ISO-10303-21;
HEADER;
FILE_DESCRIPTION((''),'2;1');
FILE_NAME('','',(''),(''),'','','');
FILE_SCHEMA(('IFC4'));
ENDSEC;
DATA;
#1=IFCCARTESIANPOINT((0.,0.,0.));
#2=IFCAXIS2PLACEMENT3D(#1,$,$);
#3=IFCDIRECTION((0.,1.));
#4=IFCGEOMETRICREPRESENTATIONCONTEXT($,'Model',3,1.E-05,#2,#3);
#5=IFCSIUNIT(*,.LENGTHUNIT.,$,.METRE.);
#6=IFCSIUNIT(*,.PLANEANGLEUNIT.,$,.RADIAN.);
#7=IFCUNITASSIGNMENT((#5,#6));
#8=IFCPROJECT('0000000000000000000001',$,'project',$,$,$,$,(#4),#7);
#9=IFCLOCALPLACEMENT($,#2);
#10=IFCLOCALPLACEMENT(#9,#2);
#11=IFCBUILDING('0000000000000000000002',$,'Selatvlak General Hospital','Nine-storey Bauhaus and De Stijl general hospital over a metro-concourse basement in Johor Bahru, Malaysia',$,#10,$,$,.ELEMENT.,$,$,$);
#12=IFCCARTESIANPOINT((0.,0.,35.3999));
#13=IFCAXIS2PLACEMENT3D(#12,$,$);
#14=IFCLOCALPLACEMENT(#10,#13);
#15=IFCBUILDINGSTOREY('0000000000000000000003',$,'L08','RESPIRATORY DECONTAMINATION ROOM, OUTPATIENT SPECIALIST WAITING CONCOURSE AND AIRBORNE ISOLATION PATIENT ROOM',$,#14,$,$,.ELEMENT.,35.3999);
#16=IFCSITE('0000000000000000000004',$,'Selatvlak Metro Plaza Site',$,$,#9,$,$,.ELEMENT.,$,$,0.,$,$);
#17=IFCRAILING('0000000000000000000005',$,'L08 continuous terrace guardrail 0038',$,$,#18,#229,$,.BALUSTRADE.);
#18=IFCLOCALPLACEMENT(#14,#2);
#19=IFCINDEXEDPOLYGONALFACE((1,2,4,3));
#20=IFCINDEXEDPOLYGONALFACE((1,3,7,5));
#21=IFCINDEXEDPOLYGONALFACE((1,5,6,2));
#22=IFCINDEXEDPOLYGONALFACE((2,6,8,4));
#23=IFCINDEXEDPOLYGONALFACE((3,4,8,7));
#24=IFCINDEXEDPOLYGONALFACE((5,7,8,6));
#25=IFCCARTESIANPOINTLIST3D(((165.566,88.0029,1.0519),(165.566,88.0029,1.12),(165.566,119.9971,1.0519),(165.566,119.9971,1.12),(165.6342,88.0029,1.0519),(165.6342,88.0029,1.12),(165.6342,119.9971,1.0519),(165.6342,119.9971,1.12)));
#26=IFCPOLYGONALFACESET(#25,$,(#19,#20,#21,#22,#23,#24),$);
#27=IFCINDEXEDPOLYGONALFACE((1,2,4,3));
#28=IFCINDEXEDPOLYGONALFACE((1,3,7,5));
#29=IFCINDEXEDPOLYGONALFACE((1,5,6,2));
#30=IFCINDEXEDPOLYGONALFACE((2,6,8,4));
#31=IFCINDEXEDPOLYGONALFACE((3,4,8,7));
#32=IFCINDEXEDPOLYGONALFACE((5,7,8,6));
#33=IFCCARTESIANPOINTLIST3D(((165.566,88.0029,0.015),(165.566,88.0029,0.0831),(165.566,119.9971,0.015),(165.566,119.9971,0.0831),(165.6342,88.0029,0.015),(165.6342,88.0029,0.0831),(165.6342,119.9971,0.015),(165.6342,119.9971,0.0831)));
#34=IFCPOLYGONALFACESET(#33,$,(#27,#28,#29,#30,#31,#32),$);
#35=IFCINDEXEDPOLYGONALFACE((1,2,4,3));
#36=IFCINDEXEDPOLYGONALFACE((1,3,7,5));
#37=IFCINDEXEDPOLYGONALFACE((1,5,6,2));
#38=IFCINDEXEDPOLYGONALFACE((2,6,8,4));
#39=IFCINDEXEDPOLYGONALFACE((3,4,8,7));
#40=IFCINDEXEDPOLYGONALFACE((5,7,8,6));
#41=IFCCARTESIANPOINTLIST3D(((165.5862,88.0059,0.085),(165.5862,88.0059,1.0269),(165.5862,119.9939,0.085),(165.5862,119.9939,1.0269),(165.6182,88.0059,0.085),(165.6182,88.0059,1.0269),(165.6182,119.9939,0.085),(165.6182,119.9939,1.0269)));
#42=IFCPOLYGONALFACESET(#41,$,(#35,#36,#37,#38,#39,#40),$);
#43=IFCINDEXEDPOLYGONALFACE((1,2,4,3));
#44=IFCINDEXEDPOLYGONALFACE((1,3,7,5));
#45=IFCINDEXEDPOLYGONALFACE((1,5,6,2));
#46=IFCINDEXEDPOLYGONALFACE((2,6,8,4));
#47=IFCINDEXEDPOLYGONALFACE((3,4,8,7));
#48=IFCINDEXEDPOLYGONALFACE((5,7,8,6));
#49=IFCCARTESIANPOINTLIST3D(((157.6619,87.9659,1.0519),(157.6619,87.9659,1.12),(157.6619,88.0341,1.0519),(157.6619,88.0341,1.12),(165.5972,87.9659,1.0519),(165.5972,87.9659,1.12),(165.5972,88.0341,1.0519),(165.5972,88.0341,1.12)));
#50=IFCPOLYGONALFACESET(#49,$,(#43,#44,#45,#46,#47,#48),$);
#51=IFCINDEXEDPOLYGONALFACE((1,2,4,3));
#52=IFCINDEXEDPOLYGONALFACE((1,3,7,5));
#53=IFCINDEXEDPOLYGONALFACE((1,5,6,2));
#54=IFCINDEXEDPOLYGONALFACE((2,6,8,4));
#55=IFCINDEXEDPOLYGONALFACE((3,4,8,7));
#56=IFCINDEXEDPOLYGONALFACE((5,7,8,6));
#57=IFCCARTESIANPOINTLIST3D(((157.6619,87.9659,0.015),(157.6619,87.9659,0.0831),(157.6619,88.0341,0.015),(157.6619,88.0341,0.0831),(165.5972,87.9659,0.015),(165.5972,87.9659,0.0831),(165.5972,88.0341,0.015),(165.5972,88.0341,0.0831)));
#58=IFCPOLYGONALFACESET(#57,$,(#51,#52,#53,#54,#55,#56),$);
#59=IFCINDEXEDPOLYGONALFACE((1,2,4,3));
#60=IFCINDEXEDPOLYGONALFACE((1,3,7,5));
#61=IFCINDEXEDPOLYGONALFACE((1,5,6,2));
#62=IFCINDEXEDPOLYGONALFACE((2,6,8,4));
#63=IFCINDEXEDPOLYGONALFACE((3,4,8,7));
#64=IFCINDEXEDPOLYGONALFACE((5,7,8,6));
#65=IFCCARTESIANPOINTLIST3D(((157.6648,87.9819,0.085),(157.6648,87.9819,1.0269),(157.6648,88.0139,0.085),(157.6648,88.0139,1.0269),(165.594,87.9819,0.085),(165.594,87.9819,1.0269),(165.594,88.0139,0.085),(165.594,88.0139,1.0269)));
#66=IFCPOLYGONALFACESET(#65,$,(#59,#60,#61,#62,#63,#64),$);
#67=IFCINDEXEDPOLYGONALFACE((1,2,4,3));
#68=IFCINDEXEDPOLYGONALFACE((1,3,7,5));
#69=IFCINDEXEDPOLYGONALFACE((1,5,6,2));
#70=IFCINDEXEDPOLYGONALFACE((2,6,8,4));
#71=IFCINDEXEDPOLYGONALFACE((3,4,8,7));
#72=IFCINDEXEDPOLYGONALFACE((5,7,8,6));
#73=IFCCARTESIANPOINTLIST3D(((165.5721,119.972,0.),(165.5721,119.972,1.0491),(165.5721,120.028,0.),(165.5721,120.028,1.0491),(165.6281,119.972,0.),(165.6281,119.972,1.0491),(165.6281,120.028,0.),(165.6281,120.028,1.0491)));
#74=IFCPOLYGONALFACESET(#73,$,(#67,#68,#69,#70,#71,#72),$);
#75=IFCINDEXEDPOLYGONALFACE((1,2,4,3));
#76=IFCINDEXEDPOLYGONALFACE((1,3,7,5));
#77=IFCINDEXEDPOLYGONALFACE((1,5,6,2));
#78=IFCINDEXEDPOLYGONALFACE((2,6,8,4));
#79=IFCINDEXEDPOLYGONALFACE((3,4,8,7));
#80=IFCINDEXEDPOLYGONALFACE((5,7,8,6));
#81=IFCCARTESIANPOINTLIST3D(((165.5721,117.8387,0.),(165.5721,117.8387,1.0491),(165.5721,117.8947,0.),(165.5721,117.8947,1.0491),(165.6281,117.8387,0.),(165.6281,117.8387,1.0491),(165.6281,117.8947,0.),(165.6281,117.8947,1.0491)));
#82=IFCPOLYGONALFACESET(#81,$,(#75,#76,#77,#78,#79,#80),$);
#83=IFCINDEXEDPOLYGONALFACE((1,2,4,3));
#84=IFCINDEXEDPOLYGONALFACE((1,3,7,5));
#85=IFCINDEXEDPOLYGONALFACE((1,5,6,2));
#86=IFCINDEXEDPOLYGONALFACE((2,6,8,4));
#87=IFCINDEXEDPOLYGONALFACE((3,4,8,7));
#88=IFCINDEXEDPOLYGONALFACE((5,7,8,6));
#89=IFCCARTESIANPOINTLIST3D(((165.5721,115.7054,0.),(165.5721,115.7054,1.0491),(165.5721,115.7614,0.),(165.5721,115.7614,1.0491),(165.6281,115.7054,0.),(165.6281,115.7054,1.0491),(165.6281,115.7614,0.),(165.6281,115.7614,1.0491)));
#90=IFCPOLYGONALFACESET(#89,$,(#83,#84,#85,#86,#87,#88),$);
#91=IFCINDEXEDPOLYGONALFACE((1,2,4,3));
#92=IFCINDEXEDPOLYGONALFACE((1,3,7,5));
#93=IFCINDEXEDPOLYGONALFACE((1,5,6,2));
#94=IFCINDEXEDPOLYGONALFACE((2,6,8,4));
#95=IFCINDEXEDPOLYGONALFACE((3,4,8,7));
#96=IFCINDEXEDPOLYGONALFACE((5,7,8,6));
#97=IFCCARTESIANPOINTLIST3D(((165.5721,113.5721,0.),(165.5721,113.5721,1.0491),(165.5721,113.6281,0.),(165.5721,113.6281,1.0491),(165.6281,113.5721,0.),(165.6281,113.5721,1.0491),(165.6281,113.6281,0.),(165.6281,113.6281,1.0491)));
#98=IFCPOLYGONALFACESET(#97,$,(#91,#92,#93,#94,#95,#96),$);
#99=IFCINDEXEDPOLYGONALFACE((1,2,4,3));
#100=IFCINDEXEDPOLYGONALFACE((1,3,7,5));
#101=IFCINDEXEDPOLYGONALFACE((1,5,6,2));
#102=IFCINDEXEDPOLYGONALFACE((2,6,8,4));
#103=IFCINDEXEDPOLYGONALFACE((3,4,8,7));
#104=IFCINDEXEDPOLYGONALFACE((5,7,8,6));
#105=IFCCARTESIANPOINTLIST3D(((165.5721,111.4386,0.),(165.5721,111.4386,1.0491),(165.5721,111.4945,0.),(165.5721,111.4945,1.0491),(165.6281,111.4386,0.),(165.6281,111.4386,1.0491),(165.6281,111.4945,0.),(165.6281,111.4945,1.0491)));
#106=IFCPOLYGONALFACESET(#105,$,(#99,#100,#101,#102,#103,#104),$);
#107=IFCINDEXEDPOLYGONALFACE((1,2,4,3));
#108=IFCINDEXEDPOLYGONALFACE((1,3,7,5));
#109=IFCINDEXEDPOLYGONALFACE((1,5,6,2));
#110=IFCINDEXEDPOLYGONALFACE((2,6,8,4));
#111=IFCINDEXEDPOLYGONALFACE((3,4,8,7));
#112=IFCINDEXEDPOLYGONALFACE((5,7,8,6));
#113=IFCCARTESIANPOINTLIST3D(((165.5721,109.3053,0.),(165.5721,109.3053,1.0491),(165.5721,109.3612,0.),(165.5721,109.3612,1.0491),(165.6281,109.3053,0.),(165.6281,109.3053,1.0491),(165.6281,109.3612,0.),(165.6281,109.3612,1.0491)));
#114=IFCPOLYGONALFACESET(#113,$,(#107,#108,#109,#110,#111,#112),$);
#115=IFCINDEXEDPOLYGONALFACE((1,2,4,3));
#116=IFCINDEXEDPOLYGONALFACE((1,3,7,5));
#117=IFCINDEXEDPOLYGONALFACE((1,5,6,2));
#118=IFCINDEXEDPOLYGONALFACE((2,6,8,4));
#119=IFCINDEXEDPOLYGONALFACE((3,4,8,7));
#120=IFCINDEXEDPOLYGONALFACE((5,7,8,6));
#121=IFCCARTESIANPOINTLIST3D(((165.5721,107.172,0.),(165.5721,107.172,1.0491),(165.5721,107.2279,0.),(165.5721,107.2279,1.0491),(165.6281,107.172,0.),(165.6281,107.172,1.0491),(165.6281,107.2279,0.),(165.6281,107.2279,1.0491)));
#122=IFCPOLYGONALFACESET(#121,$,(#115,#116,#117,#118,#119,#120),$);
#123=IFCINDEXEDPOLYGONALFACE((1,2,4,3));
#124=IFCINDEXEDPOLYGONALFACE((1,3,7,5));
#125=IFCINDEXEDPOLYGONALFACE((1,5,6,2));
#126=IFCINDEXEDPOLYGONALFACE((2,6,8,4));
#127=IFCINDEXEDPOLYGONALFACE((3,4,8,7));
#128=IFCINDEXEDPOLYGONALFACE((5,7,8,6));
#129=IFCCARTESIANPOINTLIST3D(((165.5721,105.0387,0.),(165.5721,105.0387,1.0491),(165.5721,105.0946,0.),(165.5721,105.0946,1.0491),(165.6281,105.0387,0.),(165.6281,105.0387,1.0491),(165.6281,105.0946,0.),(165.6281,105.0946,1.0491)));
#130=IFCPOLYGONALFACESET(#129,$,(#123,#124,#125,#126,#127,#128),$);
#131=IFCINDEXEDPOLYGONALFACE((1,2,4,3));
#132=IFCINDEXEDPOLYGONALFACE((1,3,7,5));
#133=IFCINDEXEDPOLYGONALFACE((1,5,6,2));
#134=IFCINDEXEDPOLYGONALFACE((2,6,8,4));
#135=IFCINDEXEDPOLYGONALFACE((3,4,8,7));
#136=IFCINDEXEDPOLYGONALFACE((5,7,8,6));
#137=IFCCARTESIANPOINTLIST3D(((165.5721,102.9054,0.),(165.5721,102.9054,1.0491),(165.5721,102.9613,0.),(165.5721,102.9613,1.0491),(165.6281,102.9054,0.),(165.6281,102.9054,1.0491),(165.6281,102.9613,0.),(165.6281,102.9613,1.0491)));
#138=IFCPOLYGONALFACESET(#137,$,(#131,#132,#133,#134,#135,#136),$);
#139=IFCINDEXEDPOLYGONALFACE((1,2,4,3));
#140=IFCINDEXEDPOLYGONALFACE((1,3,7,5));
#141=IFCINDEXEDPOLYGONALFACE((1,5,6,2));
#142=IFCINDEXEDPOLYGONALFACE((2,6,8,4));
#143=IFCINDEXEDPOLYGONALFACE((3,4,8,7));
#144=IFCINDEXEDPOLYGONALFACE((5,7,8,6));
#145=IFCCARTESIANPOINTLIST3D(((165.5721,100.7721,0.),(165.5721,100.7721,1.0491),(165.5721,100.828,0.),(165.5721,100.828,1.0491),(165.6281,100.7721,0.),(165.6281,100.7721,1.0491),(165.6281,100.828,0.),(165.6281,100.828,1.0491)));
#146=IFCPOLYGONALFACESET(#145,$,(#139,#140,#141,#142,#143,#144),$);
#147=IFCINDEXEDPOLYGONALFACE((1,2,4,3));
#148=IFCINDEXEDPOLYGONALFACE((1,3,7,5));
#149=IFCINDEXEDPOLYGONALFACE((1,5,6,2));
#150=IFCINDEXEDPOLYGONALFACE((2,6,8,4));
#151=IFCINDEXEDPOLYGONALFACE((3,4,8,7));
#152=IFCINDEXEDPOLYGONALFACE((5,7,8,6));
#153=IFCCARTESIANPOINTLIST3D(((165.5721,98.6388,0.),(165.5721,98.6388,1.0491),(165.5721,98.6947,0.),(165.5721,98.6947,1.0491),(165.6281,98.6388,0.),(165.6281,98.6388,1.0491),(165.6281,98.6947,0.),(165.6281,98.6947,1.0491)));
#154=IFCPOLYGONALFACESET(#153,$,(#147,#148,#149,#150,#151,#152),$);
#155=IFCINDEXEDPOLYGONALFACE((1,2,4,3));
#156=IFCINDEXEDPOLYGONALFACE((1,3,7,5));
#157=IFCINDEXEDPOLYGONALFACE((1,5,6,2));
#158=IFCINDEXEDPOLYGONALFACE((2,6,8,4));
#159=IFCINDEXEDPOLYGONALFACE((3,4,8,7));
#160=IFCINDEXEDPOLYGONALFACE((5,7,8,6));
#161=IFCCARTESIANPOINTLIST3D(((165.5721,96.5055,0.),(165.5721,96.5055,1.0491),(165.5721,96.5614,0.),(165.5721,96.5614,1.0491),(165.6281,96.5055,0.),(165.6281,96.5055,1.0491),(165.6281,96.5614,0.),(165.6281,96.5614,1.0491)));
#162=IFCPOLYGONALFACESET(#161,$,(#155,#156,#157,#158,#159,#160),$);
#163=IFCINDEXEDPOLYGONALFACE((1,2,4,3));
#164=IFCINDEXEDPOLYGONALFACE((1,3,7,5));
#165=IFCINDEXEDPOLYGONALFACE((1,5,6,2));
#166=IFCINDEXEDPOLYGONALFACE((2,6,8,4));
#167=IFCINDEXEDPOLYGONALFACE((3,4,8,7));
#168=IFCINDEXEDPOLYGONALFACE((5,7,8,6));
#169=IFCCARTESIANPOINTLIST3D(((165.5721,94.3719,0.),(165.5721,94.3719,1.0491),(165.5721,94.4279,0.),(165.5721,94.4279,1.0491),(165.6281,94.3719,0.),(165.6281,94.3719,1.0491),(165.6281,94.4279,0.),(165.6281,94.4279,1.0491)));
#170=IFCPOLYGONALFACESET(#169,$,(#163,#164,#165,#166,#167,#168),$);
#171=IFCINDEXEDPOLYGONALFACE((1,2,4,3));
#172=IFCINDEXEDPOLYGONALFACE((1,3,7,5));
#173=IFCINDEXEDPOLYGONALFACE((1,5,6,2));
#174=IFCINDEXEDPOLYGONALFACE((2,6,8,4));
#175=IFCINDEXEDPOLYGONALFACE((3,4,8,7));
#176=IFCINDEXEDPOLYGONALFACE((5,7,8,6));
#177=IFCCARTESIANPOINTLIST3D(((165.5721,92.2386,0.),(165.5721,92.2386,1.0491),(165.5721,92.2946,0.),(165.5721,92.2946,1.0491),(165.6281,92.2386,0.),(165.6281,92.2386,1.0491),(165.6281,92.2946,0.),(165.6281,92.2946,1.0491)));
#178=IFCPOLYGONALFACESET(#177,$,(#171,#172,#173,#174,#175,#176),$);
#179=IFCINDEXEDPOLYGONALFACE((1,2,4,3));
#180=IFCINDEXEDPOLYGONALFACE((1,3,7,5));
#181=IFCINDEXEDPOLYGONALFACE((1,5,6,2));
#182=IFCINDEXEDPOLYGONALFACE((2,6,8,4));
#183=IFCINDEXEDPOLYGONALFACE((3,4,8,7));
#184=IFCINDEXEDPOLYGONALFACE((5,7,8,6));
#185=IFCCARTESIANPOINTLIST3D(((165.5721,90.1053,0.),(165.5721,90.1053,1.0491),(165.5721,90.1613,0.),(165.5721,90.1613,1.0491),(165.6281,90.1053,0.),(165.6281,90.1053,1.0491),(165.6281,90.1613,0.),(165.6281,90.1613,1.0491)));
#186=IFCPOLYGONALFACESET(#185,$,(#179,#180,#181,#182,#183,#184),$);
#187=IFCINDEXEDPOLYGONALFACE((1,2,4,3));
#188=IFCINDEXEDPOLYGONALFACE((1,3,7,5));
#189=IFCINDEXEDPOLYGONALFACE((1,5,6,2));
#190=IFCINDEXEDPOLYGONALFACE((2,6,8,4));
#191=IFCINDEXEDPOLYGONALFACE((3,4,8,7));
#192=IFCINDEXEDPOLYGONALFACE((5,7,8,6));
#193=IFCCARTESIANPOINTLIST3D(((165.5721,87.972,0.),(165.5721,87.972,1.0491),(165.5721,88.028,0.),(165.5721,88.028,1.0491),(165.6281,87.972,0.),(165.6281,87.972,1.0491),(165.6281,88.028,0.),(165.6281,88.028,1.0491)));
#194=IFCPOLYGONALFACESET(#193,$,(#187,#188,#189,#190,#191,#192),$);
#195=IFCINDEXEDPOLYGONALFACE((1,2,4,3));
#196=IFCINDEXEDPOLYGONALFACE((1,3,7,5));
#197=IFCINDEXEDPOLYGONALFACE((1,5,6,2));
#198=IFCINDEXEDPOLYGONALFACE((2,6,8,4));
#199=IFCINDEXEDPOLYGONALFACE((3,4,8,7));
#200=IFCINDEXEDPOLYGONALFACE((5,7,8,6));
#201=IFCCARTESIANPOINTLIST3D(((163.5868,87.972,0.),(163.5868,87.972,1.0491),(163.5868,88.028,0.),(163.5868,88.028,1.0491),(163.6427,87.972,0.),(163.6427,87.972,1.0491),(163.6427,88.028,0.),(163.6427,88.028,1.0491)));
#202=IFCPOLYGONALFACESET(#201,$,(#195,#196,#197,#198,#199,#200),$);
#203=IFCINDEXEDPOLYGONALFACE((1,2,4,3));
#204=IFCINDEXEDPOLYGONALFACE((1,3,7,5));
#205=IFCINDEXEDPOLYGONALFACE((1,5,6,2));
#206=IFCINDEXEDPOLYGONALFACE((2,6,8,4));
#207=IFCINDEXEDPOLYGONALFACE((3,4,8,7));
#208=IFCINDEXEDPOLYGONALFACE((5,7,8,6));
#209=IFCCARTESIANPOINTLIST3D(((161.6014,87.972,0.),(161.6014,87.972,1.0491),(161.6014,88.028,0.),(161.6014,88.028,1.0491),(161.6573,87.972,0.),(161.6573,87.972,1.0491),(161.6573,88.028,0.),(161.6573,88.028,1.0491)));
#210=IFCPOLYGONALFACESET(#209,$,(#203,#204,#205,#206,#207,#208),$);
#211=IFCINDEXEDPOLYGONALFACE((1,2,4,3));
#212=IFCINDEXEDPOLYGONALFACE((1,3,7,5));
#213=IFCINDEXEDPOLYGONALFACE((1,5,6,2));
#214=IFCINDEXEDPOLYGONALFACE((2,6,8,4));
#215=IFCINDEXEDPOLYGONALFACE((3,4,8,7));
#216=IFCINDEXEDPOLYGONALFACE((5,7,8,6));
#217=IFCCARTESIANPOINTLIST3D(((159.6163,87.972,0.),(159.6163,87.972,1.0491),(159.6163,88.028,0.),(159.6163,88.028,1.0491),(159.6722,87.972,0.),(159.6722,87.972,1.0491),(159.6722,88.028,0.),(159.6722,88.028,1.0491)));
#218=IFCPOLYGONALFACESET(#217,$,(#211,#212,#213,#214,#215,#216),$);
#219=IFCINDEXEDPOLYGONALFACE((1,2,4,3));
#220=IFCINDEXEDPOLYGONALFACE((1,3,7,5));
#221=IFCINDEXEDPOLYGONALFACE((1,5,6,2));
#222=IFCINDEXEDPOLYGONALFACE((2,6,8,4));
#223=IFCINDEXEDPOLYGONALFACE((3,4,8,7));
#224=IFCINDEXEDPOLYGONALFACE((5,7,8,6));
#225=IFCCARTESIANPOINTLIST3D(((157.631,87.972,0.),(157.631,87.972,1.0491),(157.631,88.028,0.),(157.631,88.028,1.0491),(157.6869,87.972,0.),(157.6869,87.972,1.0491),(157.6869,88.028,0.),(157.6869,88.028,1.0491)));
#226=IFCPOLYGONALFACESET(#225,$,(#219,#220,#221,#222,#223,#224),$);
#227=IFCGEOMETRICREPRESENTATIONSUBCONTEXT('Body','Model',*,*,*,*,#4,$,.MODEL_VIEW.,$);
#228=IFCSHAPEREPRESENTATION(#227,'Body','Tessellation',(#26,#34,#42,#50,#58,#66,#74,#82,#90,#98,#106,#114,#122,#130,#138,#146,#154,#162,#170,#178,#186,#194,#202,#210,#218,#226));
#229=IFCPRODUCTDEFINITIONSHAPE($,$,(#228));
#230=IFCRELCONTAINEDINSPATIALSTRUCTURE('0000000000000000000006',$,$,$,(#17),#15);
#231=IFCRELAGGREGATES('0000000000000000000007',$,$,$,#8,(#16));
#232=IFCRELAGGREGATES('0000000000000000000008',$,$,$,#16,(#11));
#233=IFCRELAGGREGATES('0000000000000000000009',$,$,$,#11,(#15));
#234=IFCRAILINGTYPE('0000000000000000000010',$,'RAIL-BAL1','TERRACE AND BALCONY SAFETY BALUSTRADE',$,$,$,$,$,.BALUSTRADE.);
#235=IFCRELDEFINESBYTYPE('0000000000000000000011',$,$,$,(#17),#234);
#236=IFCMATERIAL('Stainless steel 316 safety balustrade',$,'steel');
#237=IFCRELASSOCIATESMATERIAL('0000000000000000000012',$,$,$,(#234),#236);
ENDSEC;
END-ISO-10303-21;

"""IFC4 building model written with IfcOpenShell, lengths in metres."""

from ifc_helpers import new_model, si_unit, direction, frame, origin, origin_2d, place, context, subcontext, project, spatial, polyline, rectangle, outline, extrude, material, type_object, element, save


model = new_model("IFC4")

# Units and contexts
model_context = context("Model", 3, precision=1e-05, world=origin(), true_north=direction((0.0, 1.0)))
body_context = subcontext(model_context, "Body", "Model", "MODEL_VIEW")
ifc_project = project(units=[si_unit("LENGTHUNIT", "METRE"), si_unit("PLANEANGLEUNIT", "RADIAN")], contexts=[model_context])

# Site, building, storey
site_placement = place(None, origin())
site = spatial("IfcSite", under=ifc_project, at=site_placement, Name="Selatvlak Metro Plaza Site", CompositionType="ELEMENT", RefElevation=0.0)
building_placement = place(site_placement, origin())
building = spatial("IfcBuilding", under=site, at=building_placement, Name="Selatvlak General Hospital", Description="Nine-storey Bauhaus and De Stijl general hospital over a metro-concourse basement in Johor Bahru, Malaysia", CompositionType="ELEMENT")
storey_placement = place(building_placement, frame((0.0, 0.0, 35.3999)))
storey = spatial("IfcBuildingStorey", under=building, at=storey_placement, Name="L08", Description="RESPIRATORY DECONTAMINATION ROOM, OUTPATIENT SPECIALIST WAITING CONCOURSE AND AIRBORNE ISOLATION PATIENT ROOM", CompositionType="ELEMENT", Elevation=35.3999)

# Railing
ifc_material_1 = material(Name="Stainless steel 316 safety balustrade", Category="steel")
railing_type = type_object("IfcRailingType", Name="RAIL-BAL1", Description="TERRACE AND BALCONY SAFETY BALUSTRADE", PredefinedType="BALUSTRADE", material=ifc_material_1)
railing_1_placement = place(storey_placement, frame((165.6001, 120.0, 0.0)))
element("IfcRailing", 1, at=railing_1_placement, inside=storey, type_object=railing_type, Name="L08 continuous terrace guardrail 0038", PredefinedType="BALUSTRADE", context=body_context, shape_type="SweptSolid", body=[
    extrude(rectangle(XDim=0.0681, YDim=0.0681, at=origin_2d()), frame((0.0, -0.0029, 1.0859), z_axis=(0.0, -1.0, 0.0), x_axis=(1.0, 0.0, 0.0)), (0.0, 0.0, 1.0), 31.9941),
    extrude(rectangle(XDim=0.0681, YDim=0.0681, at=origin_2d()), frame((0.0, -0.0029, 0.0491), z_axis=(0.0, -1.0, 0.0), x_axis=(1.0, 0.0, 0.0)), (0.0, 0.0, 1.0), 31.9941),
    extrude(outline(polyline([(0.0, 0.0), (31.988, 0.0), (31.988, 0.9419), (0.0, 0.9419), (0.0, 0.0)])), frame((0.0181, -0.0061, 0.085), z_axis=(-1.0, 0.0, 0.0), x_axis=(0.0, -1.0, 0.0)), (0.0, 0.0, 1.0), 0.032),
    extrude(rectangle(XDim=0.0681, YDim=0.0681, at=origin_2d()), frame((-0.0029, -32.0, 1.0859), z_axis=(-1.0, 0.0, 0.0), x_axis=(0.0, -1.0, 0.0)), (0.0, 0.0, 1.0), 7.9353),
    extrude(rectangle(XDim=0.0681, YDim=0.0681, at=origin_2d()), frame((-0.0029, -32.0, 0.0491), z_axis=(-1.0, 0.0, 0.0), x_axis=(0.0, -1.0, 0.0)), (0.0, 0.0, 1.0), 7.9353),
    extrude(outline(polyline([(0.0, 0.0), (7.9292, 0.0), (7.9292, 0.9419), (0.0, 0.9419), (0.0, 0.0)])), frame((-0.0061, -32.0181, 0.085), z_axis=(0.0, 1.0, 0.0), x_axis=(-1.0, 0.0, 0.0)), (0.0, 0.0, 1.0), 0.032),
    extrude(rectangle(XDim=0.0559, YDim=0.0559, at=origin_2d()), origin(), (0.0, 0.0, 1.0), 1.0491),
    extrude(rectangle(XDim=0.0559, YDim=0.0559, at=origin_2d()), frame((0.0, -2.1333, 0.0)), (0.0, 0.0, 1.0), 1.0491),
    extrude(rectangle(XDim=0.0559, YDim=0.0559, at=origin_2d()), frame((0.0, -4.2666, 0.0)), (0.0, 0.0, 1.0), 1.0491),
    extrude(rectangle(XDim=0.0559, YDim=0.0559, at=origin_2d()), frame((0.0, -6.3999, 0.0)), (0.0, 0.0, 1.0), 1.0491),
    extrude(rectangle(XDim=0.0559, YDim=0.0559, at=origin_2d()), frame((0.0, -8.5334, 0.0)), (0.0, 0.0, 1.0), 1.0491),
    extrude(rectangle(XDim=0.0559, YDim=0.0559, at=origin_2d()), frame((0.0, -10.6667, 0.0)), (0.0, 0.0, 1.0), 1.0491),
    extrude(rectangle(XDim=0.0559, YDim=0.0559, at=origin_2d()), frame((0.0, -12.8, 0.0)), (0.0, 0.0, 1.0), 1.0491),
    extrude(rectangle(XDim=0.0559, YDim=0.0559, at=origin_2d()), frame((0.0, -14.9333, 0.0)), (0.0, 0.0, 1.0), 1.0491),
    extrude(rectangle(XDim=0.0559, YDim=0.0559, at=origin_2d()), frame((0.0, -17.0667, 0.0)), (0.0, 0.0, 1.0), 1.0491),
    extrude(rectangle(XDim=0.0559, YDim=0.0559, at=origin_2d()), frame((0.0, -19.2, 0.0)), (0.0, 0.0, 1.0), 1.0491),
    extrude(rectangle(XDim=0.0559, YDim=0.0559, at=origin_2d()), frame((0.0, -21.3333, 0.0)), (0.0, 0.0, 1.0), 1.0491),
    extrude(rectangle(XDim=0.0559, YDim=0.0559, at=origin_2d()), frame((0.0, -23.4666, 0.0)), (0.0, 0.0, 1.0), 1.0491),
    extrude(rectangle(XDim=0.0559, YDim=0.0559, at=origin_2d()), frame((0.0, -25.6001, 0.0)), (0.0, 0.0, 1.0), 1.0491),
    extrude(rectangle(XDim=0.0559, YDim=0.0559, at=origin_2d()), frame((0.0, -27.7334, 0.0)), (0.0, 0.0, 1.0), 1.0491),
    extrude(rectangle(XDim=0.0559, YDim=0.0559, at=origin_2d()), frame((0.0, -29.8667, 0.0)), (0.0, 0.0, 1.0), 1.0491),
    extrude(rectangle(XDim=0.0559, YDim=0.0559, at=origin_2d()), frame((0.0, -32.0, 0.0)), (0.0, 0.0, 1.0), 1.0491),
    extrude(rectangle(XDim=0.0559, YDim=0.0559, at=origin_2d()), frame((-1.9854, -32.0, 0.0)), (0.0, 0.0, 1.0), 1.0491),
    extrude(rectangle(XDim=0.0559, YDim=0.0559, at=origin_2d()), frame((-3.9707, -32.0, 0.0)), (0.0, 0.0, 1.0), 1.0491),
    extrude(rectangle(XDim=0.0559, YDim=0.0559, at=origin_2d()), frame((-5.9558, -32.0, 0.0)), (0.0, 0.0, 1.0), 1.0491),
    extrude(rectangle(XDim=0.0559, YDim=0.0559, at=origin_2d()), frame((-7.9412, -32.0, 0.0)), (0.0, 0.0, 1.0), 1.0491),
])

save(model, "model.ifc")
